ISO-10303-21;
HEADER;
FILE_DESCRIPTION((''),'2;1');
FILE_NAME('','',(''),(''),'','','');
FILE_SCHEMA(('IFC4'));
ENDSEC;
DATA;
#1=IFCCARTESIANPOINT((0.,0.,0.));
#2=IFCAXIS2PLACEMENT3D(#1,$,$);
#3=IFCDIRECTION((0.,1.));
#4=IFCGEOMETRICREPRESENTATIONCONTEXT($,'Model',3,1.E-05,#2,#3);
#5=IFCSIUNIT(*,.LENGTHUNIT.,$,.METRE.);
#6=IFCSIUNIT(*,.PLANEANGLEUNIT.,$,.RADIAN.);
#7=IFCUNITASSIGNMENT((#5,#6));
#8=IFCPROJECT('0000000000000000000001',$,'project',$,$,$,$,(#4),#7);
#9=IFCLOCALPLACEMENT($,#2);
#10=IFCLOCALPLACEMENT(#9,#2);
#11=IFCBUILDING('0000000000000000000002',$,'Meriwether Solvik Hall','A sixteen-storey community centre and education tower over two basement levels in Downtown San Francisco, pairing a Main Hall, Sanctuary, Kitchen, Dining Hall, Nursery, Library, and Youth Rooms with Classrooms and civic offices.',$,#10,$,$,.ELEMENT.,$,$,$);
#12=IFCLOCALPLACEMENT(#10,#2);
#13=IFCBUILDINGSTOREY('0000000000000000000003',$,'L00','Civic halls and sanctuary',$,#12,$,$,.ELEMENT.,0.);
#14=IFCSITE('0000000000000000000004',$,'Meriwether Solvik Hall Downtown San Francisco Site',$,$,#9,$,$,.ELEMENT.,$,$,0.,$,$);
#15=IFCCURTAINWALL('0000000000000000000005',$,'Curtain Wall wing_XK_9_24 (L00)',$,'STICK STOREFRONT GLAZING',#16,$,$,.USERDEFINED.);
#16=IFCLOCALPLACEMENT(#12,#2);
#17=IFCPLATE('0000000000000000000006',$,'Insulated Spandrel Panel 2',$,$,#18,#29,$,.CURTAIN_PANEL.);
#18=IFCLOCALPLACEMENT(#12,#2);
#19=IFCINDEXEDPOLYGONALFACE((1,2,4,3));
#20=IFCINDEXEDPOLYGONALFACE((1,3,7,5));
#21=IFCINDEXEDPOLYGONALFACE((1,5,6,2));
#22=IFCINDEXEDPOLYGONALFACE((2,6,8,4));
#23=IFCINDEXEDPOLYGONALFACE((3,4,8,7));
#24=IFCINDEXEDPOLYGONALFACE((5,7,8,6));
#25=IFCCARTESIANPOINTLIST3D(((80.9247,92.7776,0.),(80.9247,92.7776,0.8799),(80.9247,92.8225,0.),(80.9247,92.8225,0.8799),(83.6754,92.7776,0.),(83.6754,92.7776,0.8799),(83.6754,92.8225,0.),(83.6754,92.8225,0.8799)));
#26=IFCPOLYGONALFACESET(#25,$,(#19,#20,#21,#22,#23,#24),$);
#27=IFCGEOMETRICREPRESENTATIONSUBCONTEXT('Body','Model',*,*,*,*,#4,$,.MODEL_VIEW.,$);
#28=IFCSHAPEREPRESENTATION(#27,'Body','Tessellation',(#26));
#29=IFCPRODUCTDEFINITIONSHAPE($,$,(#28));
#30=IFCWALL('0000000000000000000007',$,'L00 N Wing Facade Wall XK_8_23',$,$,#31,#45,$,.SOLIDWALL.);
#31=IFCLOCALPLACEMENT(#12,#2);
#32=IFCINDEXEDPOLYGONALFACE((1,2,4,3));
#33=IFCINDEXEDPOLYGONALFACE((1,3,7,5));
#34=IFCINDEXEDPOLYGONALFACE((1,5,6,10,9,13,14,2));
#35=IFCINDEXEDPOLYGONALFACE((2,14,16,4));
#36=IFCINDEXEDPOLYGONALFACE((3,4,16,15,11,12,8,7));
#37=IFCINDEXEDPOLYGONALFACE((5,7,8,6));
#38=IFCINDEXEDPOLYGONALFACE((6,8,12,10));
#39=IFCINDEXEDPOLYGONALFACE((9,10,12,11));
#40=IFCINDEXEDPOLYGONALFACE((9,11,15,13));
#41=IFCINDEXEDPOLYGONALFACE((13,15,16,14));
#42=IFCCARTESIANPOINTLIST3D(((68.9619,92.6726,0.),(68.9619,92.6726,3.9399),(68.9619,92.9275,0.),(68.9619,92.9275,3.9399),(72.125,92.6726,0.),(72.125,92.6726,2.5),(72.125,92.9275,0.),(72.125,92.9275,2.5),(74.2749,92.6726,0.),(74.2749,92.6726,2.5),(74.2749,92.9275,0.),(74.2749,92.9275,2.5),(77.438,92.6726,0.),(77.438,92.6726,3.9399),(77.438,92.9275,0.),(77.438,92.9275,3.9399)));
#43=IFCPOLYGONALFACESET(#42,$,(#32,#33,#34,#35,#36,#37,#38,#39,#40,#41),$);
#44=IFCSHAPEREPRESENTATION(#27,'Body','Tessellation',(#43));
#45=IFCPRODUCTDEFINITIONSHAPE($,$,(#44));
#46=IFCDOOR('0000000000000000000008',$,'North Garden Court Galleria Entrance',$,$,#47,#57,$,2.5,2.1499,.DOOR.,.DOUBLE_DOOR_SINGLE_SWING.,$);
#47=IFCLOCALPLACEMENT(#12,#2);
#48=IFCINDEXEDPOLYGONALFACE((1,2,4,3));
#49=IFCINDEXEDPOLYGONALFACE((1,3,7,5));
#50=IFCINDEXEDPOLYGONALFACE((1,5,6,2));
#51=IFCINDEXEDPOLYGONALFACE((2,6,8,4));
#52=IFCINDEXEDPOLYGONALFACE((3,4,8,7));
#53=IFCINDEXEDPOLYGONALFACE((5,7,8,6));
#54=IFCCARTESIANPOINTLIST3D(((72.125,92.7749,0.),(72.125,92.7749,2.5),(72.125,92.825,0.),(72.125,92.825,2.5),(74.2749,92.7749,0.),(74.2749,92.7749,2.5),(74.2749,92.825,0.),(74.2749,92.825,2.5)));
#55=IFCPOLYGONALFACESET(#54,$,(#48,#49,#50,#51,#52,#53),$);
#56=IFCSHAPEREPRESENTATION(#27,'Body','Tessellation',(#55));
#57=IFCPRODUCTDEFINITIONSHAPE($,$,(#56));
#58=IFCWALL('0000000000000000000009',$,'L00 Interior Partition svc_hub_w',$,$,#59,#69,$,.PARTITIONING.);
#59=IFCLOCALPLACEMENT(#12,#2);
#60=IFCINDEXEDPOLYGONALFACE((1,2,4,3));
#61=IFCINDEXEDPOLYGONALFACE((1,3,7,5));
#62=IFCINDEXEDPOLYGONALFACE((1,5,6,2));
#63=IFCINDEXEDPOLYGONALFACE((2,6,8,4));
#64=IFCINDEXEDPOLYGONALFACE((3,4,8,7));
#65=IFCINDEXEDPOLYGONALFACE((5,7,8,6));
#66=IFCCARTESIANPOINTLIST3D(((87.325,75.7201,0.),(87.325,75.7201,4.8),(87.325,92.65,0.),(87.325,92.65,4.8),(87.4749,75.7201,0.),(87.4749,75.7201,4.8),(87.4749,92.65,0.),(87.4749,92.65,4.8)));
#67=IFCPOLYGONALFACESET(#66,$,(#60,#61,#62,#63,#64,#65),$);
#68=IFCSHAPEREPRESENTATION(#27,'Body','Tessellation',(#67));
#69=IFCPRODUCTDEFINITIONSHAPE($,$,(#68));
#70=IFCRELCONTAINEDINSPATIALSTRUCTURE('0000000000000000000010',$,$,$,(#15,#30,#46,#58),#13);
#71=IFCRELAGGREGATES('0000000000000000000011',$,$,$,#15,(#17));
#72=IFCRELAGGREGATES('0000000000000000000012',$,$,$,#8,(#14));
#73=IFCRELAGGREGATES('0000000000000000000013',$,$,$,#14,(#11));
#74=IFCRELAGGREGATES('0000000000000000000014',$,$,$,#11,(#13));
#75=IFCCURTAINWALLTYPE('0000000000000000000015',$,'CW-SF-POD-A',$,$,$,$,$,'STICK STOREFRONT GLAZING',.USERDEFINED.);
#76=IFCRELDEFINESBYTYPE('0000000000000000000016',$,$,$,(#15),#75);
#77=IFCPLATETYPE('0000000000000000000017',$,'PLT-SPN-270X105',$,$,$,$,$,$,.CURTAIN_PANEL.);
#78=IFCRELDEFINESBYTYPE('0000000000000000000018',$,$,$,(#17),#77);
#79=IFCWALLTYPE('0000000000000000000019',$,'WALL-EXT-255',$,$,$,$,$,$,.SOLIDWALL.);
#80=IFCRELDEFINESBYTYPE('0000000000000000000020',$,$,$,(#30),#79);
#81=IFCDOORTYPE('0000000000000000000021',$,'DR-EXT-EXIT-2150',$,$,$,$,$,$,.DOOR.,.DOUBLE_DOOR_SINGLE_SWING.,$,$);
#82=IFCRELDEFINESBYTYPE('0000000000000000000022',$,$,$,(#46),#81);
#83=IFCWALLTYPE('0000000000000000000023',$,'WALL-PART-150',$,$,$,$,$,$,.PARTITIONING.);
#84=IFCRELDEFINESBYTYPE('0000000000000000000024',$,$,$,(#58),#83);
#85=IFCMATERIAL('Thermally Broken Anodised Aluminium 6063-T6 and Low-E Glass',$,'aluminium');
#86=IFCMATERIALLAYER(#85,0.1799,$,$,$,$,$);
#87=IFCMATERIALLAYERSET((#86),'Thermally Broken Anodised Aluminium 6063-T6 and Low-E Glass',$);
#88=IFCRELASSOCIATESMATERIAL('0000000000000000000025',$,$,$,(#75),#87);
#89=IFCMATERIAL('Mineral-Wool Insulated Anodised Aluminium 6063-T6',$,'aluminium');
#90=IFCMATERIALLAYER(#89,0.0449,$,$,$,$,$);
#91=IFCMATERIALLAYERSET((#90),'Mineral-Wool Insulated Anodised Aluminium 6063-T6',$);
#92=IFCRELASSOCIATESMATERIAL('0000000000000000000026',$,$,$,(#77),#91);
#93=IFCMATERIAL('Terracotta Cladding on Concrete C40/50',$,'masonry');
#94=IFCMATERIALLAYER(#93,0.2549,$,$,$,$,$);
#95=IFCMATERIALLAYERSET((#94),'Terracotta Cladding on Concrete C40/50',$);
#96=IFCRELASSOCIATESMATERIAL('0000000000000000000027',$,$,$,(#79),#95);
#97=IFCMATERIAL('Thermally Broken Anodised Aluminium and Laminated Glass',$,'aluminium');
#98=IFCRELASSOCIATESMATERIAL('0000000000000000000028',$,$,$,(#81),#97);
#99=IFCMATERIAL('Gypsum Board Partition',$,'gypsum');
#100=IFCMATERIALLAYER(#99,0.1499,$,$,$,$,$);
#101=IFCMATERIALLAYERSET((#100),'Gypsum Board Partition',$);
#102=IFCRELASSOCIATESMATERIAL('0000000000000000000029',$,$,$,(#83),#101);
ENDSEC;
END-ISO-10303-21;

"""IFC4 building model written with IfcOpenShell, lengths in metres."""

from ifc_helpers import new_model, si_unit, direction, frame, frame_2d, origin, origin_2d, place, context, subcontext, project, spatial, rectangle, extrude, material, layer, layer_set, type_object, element, fill, aggregate, save


model = new_model("IFC4")

# Units and contexts
model_context = context("Model", 3, precision=1e-05, world=origin(), true_north=direction((0.0, 1.0)))
body_context = subcontext(model_context, "Body", "Model", "MODEL_VIEW")
ifc_project = project(units=[si_unit("LENGTHUNIT", "METRE"), si_unit("PLANEANGLEUNIT", "RADIAN")], contexts=[model_context])

# Site, building, storey
site_placement = place(None, origin())
site = spatial("IfcSite", under=ifc_project, at=site_placement, Name="Meriwether Solvik Hall Downtown San Francisco Site", CompositionType="ELEMENT", RefElevation=0.0)
building_placement = place(site_placement, origin())
building = spatial("IfcBuilding", under=site, at=building_placement, Name="Meriwether Solvik Hall", Description="A sixteen-storey community centre and education tower over two basement levels in Downtown San Francisco, pairing a Main Hall, Sanctuary, Kitchen, Dining Hall, Nursery, Library, and Youth Rooms with Classrooms and civic offices.", CompositionType="ELEMENT")
storey_placement = place(building_placement, origin())
storey = spatial("IfcBuildingStorey", under=building, at=storey_placement, Name="L00", Description="Civic halls and sanctuary", CompositionType="ELEMENT", Elevation=0.0)

# Curtain wall, plate
ifc_material_1 = material(Name="Thermally Broken Anodised Aluminium 6063-T6 and Low-E Glass", Category="aluminium")
ifc_layer_1 = layer(ifc_material_1, 0.1799)
ifc_layer_set_1 = layer_set([ifc_layer_1], Name="Thermally Broken Anodised Aluminium 6063-T6 and Low-E Glass")
curtain_wall_type = type_object("IfcCurtainWallType", Name="CW-SF-POD-A", ElementType="STICK STOREFRONT GLAZING", PredefinedType="USERDEFINED", material=ifc_layer_set_1)
curtain_wall_placement = place(storey_placement, origin())
curtain_wall = element("IfcCurtainWall", 1, at=curtain_wall_placement, inside=storey, type_object=curtain_wall_type, Name="Curtain Wall wing_XK_9_24 (L00)", ObjectType="STICK STOREFRONT GLAZING", PredefinedType="USERDEFINED")
ifc_material_2 = material(Name="Mineral-Wool Insulated Anodised Aluminium 6063-T6", Category="aluminium")
ifc_layer_2 = layer(ifc_material_2, 0.0449)
ifc_layer_set_2 = layer_set([ifc_layer_2], Name="Mineral-Wool Insulated Anodised Aluminium 6063-T6")
plate_type_1 = type_object("IfcPlateType", Name="PLT-SPN-270X105", PredefinedType="CURTAIN_PANEL", material=ifc_layer_set_2)
plate_1_placement = place(storey_placement, frame((82.3, 92.8, 0.0), z_axis=(0.0, 0.0, 1.0), x_axis=(1.0, 0.0, 0.0)))
plate_1 = element("IfcPlate", 2, at=plate_1_placement, type_object=plate_type_1, Name="Insulated Spandrel Panel 2", PredefinedType="CURTAIN_PANEL", context=body_context, shape_type="SweptSolid", body=[
    extrude(rectangle(XDim=2.7507, YDim=0.0449, at=origin_2d()), origin(), (0.0, 0.0, 1.0), 0.8799),
])
aggregate(curtain_wall, [plate_1])

# Wall, opening, door
ifc_material_3 = material(Name="Terracotta Cladding on Concrete C40/50", Category="masonry")
ifc_layer_3 = layer(ifc_material_3, 0.2549)
ifc_layer_set_3 = layer_set([ifc_layer_3], Name="Terracotta Cladding on Concrete C40/50")
wall_type_1 = type_object("IfcWallType", Name="WALL-EXT-255", PredefinedType="SOLIDWALL", material=ifc_layer_set_3)
wall_1_placement = place(storey_placement, frame((68.9619, 92.8, 0.0), z_axis=(0.0, 0.0, 1.0), x_axis=(1.0, 0.0, 0.0)))
wall_1 = element("IfcWall", 3, at=wall_1_placement, inside=storey, type_object=wall_type_1, Name="L00 N Wing Facade Wall XK_8_23", PredefinedType="SOLIDWALL", context=body_context, shape_type="SweptSolid", body=[
    extrude(rectangle(XDim=8.4761, YDim=0.2549, at=frame_2d((4.238, 0.0))), origin(), (0.0, 0.0, 1.0), 3.9399),
])
opening_placement = place(wall_1_placement, frame((3.1631, 0.0, 0.0)))
opening = element("IfcOpeningElement", 4, at=opening_placement, cuts=wall_1, PredefinedType="OPENING", context=body_context, shape_type="SweptSolid", body=[
    extrude(rectangle(XDim=2.1499, YDim=2.5, at=frame_2d((1.075, 1.25))), frame((0.0, 0.1394, 0.0), z_axis=(0.0, -1.0, 0.0), x_axis=(1.0, 0.0, 0.0)), (0.0, 0.0, 1.0), 0.2788),
])
ifc_material_4 = material(Name="Thermally Broken Anodised Aluminium and Laminated Glass", Category="aluminium")
door_type = type_object("IfcDoorType", Name="DR-EXT-EXIT-2150", OperationType="DOUBLE_DOOR_SINGLE_SWING", PredefinedType="DOOR", material=ifc_material_4)
door_placement = place(opening_placement, origin())
door = element("IfcDoor", 5, at=door_placement, inside=storey, type_object=door_type, Name="North Garden Court Galleria Entrance", OperationType="DOUBLE_DOOR_SINGLE_SWING", OverallHeight=2.5, OverallWidth=2.1499, PredefinedType="DOOR", context=body_context, shape_type="SweptSolid", body=[
    extrude(rectangle(XDim=2.1499, YDim=2.5, at=frame_2d((1.075, 1.25))), frame((0.0, 0.0249, 0.0), z_axis=(0.0, -1.0, 0.0), x_axis=(1.0, 0.0, 0.0)), (0.0, 0.0, 1.0), 0.05),
])
fill(opening, door)

# Wall
ifc_material_5 = material(Name="Gypsum Board Partition", Category="gypsum")
ifc_layer_4 = layer(ifc_material_5, 0.1499)
ifc_layer_set_4 = layer_set([ifc_layer_4], Name="Gypsum Board Partition")
wall_type_2 = type_object("IfcWallType", Name="WALL-PART-150", PredefinedType="PARTITIONING", material=ifc_layer_set_4)
wall_2_placement = place(storey_placement, frame((87.3999, 92.6499, 0.0), z_axis=(0.0, 0.0, 1.0), x_axis=(0.0, -1.0, 0.0)))
element("IfcWall", 6, at=wall_2_placement, inside=storey, type_object=wall_type_2, Name="L00 Interior Partition svc_hub_w", PredefinedType="PARTITIONING", context=body_context, shape_type="SweptSolid", body=[
    extrude(rectangle(XDim=16.9299, YDim=0.1499, at=frame_2d((8.4648, 0.0))), origin(), (0.0, 0.0, 1.0), 4.8),
])

save(model, "model.ifc")
